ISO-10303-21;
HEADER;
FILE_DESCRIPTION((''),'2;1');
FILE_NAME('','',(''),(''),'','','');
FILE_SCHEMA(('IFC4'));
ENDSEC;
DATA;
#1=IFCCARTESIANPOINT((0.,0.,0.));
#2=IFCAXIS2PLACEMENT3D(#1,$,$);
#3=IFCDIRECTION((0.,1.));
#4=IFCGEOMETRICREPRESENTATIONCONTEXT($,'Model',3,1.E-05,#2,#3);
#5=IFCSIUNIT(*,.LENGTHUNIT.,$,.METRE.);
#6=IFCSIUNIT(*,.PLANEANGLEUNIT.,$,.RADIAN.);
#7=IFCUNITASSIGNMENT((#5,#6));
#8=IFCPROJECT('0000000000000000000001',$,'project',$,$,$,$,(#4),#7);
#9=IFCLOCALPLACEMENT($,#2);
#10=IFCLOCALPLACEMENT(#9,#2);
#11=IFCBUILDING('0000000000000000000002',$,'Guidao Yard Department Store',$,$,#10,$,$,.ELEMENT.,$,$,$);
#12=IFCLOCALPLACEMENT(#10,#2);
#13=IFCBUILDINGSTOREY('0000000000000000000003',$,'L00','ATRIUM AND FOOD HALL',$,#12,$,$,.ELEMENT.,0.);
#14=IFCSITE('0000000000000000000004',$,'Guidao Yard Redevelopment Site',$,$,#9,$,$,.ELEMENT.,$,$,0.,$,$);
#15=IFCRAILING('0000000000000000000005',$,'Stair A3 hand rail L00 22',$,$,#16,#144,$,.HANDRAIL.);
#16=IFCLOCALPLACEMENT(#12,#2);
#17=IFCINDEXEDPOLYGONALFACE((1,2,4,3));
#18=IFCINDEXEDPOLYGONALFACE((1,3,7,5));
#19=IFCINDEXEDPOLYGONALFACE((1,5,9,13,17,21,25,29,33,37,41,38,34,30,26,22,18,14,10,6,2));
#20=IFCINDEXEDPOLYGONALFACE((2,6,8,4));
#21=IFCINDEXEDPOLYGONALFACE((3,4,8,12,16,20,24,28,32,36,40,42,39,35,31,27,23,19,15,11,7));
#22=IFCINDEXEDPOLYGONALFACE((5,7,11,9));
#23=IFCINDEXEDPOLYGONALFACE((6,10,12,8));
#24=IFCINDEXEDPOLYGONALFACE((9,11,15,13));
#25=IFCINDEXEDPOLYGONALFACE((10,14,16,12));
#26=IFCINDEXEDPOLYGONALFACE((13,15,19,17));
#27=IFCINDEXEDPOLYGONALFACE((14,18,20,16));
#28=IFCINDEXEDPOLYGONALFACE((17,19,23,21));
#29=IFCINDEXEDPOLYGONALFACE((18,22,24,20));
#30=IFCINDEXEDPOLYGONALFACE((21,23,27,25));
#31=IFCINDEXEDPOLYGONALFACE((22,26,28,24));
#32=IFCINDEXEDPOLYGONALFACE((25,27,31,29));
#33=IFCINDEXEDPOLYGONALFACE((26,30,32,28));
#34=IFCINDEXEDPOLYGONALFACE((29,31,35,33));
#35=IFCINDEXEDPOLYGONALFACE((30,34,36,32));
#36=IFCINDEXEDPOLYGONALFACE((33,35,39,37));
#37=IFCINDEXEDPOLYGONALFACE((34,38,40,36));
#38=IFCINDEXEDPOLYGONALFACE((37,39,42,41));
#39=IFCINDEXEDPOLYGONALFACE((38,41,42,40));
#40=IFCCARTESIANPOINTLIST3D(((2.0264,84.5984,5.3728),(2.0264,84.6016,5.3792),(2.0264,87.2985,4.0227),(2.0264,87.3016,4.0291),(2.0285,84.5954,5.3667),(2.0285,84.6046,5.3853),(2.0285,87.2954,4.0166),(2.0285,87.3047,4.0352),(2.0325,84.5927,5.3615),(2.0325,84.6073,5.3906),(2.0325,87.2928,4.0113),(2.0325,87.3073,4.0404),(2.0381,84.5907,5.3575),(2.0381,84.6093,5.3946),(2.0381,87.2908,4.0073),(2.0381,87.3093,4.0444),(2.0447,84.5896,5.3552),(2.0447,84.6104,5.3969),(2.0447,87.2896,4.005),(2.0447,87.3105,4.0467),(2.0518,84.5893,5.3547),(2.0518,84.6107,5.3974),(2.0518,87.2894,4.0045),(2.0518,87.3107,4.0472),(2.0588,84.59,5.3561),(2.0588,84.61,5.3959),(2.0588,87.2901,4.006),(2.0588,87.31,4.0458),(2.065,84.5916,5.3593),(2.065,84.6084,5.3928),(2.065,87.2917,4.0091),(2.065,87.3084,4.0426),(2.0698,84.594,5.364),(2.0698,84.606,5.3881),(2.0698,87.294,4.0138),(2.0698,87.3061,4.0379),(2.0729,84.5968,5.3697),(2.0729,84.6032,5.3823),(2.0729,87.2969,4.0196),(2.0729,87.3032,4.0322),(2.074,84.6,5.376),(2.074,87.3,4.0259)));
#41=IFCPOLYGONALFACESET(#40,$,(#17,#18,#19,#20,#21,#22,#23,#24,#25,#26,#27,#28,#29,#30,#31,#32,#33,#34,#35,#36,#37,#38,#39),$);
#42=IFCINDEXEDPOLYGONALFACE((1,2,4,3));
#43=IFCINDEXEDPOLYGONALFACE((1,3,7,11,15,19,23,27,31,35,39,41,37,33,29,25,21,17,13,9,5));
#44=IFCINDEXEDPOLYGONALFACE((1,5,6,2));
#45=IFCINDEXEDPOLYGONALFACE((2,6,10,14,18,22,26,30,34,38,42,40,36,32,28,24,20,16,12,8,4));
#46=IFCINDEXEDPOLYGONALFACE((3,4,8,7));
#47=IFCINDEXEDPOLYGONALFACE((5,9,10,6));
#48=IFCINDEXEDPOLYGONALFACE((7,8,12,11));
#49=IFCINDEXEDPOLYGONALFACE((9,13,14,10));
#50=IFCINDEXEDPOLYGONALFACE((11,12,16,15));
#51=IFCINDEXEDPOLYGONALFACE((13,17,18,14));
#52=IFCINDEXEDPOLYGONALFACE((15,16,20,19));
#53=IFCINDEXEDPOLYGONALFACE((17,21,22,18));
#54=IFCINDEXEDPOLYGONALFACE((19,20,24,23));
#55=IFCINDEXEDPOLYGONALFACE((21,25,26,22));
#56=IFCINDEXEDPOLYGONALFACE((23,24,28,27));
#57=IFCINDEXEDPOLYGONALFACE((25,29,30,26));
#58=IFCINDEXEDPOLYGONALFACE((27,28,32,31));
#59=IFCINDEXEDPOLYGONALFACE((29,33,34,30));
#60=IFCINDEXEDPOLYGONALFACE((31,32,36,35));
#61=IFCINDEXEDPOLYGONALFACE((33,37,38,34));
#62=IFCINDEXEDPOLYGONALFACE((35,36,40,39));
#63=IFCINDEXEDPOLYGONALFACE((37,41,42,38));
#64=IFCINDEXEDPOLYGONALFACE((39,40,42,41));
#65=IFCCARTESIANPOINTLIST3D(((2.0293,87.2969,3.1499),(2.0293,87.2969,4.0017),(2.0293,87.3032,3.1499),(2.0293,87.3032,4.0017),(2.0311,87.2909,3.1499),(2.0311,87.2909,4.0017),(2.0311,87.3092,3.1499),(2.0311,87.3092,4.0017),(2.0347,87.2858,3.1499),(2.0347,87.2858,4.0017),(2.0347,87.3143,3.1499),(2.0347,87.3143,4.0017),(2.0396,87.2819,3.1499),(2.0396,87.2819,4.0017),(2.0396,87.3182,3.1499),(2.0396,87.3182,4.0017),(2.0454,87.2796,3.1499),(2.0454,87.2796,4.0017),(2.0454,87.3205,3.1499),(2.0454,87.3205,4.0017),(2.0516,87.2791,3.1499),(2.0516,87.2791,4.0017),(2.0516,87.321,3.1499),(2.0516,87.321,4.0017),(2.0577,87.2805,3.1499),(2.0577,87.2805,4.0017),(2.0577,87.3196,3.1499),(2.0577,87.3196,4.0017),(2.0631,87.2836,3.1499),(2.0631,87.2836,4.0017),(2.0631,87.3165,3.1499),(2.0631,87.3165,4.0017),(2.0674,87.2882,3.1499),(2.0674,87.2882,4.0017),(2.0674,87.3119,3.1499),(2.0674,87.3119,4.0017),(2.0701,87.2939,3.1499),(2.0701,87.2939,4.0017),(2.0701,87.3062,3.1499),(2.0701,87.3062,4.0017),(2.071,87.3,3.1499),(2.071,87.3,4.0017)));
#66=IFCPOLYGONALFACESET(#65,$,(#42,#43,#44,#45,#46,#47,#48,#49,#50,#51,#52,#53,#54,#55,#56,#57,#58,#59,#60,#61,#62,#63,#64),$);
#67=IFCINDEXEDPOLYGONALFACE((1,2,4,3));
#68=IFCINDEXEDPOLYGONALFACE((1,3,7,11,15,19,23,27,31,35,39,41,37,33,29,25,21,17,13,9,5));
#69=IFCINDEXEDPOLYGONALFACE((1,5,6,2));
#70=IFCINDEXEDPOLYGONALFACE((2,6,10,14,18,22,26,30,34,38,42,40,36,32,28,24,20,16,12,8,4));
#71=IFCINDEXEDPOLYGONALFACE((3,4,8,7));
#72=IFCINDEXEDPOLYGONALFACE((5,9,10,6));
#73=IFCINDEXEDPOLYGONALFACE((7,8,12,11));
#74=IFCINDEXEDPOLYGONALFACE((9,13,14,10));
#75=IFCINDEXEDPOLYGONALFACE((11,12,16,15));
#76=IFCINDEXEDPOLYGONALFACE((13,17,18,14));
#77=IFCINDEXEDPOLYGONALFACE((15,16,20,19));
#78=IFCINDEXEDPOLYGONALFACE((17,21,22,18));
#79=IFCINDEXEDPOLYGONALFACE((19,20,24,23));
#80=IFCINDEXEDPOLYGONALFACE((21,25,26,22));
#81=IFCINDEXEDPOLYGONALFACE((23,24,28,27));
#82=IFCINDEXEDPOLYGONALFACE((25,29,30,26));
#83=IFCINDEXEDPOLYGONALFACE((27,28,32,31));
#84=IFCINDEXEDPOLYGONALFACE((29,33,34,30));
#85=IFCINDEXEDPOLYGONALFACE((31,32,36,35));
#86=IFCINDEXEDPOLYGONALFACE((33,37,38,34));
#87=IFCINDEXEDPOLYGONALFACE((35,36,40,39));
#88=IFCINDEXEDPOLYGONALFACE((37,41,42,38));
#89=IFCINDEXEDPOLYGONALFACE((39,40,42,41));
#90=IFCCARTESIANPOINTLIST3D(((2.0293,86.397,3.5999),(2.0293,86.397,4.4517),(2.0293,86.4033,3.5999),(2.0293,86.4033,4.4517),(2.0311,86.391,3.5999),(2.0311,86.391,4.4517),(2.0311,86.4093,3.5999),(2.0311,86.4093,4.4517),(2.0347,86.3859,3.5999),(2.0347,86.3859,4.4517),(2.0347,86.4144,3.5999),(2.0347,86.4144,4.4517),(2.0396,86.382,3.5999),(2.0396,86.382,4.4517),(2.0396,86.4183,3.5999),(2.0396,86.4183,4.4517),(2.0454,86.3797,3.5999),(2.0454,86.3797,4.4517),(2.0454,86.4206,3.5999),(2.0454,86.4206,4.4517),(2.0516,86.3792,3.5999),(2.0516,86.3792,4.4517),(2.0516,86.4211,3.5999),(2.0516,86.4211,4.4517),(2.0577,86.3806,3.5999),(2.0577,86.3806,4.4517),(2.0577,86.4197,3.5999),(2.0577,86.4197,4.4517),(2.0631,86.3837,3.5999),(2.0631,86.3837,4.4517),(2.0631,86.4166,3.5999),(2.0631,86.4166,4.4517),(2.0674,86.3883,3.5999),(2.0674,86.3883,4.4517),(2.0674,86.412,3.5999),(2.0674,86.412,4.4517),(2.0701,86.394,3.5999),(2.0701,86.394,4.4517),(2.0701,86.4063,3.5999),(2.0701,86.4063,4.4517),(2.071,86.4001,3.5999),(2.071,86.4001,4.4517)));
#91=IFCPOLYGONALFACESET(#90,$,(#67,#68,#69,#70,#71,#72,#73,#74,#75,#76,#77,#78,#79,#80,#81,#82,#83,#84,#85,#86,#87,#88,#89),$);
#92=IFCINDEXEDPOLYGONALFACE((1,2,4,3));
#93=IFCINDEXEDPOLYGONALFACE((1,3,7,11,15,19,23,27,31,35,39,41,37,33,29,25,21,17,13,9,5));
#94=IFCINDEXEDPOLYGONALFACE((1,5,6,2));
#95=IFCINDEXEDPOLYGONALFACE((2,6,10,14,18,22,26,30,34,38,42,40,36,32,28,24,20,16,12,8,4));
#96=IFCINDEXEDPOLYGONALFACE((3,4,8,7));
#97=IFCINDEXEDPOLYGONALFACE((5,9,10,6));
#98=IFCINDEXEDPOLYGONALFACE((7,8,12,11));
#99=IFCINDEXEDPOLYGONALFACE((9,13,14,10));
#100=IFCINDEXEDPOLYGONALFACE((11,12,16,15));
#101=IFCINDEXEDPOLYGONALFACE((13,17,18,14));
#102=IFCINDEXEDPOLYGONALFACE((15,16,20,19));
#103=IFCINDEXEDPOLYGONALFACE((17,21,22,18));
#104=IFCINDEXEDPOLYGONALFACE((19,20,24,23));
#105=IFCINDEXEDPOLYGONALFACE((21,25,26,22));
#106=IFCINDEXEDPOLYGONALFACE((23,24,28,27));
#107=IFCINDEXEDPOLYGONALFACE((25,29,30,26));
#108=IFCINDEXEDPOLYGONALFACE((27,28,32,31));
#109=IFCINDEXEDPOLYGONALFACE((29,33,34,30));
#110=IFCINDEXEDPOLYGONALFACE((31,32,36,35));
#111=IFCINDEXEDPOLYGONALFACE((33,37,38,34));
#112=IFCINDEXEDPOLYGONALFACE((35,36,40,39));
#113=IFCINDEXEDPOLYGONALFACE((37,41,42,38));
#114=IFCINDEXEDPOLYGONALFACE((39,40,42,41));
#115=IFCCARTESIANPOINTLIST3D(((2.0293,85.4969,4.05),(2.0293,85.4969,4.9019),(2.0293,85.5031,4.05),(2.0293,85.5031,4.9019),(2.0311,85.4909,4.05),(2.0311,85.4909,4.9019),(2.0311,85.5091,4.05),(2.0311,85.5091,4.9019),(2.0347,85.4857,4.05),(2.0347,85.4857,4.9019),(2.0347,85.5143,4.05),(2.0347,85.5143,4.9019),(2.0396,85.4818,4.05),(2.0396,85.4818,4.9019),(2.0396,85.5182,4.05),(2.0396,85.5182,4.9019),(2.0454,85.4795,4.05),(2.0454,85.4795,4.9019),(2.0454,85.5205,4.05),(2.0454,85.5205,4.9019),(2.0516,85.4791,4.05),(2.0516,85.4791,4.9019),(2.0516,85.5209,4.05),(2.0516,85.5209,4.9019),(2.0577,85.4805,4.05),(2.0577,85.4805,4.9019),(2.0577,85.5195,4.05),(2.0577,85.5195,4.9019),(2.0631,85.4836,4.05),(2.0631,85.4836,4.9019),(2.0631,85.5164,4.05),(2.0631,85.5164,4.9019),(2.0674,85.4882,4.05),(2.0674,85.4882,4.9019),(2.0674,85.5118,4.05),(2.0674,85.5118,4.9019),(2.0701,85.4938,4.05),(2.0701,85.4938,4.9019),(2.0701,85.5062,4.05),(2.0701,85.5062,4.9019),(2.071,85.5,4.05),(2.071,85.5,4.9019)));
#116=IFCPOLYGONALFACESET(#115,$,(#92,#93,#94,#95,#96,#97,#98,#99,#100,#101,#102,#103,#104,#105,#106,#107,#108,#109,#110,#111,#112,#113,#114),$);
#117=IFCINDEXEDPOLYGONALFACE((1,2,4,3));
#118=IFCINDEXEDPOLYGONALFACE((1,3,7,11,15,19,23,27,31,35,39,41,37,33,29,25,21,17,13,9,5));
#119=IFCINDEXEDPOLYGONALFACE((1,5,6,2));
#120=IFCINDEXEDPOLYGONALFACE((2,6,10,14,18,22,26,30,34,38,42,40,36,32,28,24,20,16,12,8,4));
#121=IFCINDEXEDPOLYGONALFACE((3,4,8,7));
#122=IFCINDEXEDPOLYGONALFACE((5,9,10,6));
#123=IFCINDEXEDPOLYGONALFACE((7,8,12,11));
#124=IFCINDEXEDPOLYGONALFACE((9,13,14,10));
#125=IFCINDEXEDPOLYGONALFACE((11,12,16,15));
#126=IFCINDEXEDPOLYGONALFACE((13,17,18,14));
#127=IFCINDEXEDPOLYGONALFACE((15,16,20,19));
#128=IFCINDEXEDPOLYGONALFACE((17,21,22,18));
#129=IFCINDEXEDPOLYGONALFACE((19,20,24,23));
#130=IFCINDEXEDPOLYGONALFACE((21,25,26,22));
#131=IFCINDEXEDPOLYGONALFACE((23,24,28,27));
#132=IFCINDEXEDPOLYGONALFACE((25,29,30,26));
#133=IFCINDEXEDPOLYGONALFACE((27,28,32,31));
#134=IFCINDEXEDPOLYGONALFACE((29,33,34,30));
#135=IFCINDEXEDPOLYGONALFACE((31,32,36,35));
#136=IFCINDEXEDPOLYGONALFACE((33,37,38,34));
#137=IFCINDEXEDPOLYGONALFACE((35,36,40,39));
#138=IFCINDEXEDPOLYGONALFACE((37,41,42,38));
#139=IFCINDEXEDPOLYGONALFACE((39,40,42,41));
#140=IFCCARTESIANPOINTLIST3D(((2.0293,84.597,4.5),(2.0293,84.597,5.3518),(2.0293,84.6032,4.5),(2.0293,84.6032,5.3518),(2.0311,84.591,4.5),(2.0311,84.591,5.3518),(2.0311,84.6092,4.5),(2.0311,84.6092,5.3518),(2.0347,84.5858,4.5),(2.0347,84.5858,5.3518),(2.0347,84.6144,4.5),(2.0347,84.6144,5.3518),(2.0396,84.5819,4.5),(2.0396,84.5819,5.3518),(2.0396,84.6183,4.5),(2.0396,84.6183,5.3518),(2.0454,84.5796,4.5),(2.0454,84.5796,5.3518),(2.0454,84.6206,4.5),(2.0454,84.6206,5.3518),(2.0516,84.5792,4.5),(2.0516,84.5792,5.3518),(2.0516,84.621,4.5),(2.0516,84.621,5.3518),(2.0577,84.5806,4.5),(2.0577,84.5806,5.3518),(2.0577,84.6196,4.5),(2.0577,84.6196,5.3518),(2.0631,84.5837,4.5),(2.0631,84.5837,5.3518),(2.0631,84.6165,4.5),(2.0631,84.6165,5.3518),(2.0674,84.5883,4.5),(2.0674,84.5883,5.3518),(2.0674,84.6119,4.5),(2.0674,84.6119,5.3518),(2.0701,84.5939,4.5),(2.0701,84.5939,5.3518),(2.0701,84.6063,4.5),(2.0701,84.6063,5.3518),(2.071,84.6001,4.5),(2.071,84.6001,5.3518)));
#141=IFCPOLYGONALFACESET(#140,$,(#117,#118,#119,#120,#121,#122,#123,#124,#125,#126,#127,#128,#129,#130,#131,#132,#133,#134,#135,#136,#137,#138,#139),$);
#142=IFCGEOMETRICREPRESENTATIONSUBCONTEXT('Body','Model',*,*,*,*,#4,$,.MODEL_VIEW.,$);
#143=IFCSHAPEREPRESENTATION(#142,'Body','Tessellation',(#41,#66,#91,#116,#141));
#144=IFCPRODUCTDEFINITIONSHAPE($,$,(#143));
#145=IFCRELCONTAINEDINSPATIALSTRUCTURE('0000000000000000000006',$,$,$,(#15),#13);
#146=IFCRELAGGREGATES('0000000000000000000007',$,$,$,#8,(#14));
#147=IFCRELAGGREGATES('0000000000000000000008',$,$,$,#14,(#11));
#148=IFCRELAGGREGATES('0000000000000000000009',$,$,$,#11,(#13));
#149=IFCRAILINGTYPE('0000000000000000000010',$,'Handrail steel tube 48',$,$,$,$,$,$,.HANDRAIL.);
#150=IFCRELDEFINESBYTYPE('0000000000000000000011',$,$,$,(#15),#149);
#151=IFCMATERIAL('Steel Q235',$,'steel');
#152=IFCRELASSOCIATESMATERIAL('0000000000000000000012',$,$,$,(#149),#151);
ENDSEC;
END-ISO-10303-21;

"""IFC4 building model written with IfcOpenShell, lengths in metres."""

from ifc_helpers import new_model, si_unit, direction, frame, origin, origin_2d, place, context, subcontext, project, spatial, circle, extrude, material, type_object, element, save


model = new_model("IFC4")

# Units and contexts
model_context = context("Model", 3, precision=1e-05, world=origin(), true_north=direction((0.0, 1.0)))
body_context = subcontext(model_context, "Body", "Model", "MODEL_VIEW")
ifc_project = project(units=[si_unit("LENGTHUNIT", "METRE"), si_unit("PLANEANGLEUNIT", "RADIAN")], contexts=[model_context])

# Site, building, storey
site_placement = place(None, origin())
site = spatial("IfcSite", under=ifc_project, at=site_placement, Name="Guidao Yard Redevelopment Site", CompositionType="ELEMENT", RefElevation=0.0)
building_placement = place(site_placement, origin())
building = spatial("IfcBuilding", under=site, at=building_placement, Name="Guidao Yard Department Store", CompositionType="ELEMENT")
storey_placement = place(building_placement, origin())
storey = spatial("IfcBuildingStorey", under=building, at=storey_placement, Name="L00", Description="ATRIUM AND FOOD HALL", CompositionType="ELEMENT", Elevation=0.0)

# Railing
ifc_material_1 = material(Name="Steel Q235", Category="steel")
railing_type = type_object("IfcRailingType", Name="Handrail steel tube 48", PredefinedType="HANDRAIL", material=ifc_material_1)
for number, where, name in (
    (1, (2.05, 87.3, 3.1499), "Stair A3 hand rail L00 22"),
):
    element("IfcRailing", number, at=place(storey_placement, frame(where)), inside=storey, type_object=railing_type, Name=name, PredefinedType="HANDRAIL", context=body_context, shape_type="SweptSolid", body=[
        extrude(circle(Radius=0.0239, at=origin_2d()), frame((0.0, 0.0, 0.876), z_axis=(0.0, -0.894411, 0.447246), x_axis=(1.0, 0.0, 0.0)), (0.0, 0.0, 1.0), 3.0188),
        extrude(circle(Radius=0.021, at=origin_2d()), origin(), (0.0, 0.0, 1.0), 0.8518),
        extrude(circle(Radius=0.021, at=origin_2d()), frame((0.0, -0.8999, 0.45)), (0.0, 0.0, 1.0), 0.8518),
        extrude(circle(Radius=0.021, at=origin_2d()), frame((0.0, -1.8, 0.9001)), (0.0, 0.0, 1.0), 0.8518),
        extrude(circle(Radius=0.021, at=origin_2d()), frame((0.0, -2.7, 1.3501)), (0.0, 0.0, 1.0), 0.8518),
    ])

save(model, "model.ifc")
